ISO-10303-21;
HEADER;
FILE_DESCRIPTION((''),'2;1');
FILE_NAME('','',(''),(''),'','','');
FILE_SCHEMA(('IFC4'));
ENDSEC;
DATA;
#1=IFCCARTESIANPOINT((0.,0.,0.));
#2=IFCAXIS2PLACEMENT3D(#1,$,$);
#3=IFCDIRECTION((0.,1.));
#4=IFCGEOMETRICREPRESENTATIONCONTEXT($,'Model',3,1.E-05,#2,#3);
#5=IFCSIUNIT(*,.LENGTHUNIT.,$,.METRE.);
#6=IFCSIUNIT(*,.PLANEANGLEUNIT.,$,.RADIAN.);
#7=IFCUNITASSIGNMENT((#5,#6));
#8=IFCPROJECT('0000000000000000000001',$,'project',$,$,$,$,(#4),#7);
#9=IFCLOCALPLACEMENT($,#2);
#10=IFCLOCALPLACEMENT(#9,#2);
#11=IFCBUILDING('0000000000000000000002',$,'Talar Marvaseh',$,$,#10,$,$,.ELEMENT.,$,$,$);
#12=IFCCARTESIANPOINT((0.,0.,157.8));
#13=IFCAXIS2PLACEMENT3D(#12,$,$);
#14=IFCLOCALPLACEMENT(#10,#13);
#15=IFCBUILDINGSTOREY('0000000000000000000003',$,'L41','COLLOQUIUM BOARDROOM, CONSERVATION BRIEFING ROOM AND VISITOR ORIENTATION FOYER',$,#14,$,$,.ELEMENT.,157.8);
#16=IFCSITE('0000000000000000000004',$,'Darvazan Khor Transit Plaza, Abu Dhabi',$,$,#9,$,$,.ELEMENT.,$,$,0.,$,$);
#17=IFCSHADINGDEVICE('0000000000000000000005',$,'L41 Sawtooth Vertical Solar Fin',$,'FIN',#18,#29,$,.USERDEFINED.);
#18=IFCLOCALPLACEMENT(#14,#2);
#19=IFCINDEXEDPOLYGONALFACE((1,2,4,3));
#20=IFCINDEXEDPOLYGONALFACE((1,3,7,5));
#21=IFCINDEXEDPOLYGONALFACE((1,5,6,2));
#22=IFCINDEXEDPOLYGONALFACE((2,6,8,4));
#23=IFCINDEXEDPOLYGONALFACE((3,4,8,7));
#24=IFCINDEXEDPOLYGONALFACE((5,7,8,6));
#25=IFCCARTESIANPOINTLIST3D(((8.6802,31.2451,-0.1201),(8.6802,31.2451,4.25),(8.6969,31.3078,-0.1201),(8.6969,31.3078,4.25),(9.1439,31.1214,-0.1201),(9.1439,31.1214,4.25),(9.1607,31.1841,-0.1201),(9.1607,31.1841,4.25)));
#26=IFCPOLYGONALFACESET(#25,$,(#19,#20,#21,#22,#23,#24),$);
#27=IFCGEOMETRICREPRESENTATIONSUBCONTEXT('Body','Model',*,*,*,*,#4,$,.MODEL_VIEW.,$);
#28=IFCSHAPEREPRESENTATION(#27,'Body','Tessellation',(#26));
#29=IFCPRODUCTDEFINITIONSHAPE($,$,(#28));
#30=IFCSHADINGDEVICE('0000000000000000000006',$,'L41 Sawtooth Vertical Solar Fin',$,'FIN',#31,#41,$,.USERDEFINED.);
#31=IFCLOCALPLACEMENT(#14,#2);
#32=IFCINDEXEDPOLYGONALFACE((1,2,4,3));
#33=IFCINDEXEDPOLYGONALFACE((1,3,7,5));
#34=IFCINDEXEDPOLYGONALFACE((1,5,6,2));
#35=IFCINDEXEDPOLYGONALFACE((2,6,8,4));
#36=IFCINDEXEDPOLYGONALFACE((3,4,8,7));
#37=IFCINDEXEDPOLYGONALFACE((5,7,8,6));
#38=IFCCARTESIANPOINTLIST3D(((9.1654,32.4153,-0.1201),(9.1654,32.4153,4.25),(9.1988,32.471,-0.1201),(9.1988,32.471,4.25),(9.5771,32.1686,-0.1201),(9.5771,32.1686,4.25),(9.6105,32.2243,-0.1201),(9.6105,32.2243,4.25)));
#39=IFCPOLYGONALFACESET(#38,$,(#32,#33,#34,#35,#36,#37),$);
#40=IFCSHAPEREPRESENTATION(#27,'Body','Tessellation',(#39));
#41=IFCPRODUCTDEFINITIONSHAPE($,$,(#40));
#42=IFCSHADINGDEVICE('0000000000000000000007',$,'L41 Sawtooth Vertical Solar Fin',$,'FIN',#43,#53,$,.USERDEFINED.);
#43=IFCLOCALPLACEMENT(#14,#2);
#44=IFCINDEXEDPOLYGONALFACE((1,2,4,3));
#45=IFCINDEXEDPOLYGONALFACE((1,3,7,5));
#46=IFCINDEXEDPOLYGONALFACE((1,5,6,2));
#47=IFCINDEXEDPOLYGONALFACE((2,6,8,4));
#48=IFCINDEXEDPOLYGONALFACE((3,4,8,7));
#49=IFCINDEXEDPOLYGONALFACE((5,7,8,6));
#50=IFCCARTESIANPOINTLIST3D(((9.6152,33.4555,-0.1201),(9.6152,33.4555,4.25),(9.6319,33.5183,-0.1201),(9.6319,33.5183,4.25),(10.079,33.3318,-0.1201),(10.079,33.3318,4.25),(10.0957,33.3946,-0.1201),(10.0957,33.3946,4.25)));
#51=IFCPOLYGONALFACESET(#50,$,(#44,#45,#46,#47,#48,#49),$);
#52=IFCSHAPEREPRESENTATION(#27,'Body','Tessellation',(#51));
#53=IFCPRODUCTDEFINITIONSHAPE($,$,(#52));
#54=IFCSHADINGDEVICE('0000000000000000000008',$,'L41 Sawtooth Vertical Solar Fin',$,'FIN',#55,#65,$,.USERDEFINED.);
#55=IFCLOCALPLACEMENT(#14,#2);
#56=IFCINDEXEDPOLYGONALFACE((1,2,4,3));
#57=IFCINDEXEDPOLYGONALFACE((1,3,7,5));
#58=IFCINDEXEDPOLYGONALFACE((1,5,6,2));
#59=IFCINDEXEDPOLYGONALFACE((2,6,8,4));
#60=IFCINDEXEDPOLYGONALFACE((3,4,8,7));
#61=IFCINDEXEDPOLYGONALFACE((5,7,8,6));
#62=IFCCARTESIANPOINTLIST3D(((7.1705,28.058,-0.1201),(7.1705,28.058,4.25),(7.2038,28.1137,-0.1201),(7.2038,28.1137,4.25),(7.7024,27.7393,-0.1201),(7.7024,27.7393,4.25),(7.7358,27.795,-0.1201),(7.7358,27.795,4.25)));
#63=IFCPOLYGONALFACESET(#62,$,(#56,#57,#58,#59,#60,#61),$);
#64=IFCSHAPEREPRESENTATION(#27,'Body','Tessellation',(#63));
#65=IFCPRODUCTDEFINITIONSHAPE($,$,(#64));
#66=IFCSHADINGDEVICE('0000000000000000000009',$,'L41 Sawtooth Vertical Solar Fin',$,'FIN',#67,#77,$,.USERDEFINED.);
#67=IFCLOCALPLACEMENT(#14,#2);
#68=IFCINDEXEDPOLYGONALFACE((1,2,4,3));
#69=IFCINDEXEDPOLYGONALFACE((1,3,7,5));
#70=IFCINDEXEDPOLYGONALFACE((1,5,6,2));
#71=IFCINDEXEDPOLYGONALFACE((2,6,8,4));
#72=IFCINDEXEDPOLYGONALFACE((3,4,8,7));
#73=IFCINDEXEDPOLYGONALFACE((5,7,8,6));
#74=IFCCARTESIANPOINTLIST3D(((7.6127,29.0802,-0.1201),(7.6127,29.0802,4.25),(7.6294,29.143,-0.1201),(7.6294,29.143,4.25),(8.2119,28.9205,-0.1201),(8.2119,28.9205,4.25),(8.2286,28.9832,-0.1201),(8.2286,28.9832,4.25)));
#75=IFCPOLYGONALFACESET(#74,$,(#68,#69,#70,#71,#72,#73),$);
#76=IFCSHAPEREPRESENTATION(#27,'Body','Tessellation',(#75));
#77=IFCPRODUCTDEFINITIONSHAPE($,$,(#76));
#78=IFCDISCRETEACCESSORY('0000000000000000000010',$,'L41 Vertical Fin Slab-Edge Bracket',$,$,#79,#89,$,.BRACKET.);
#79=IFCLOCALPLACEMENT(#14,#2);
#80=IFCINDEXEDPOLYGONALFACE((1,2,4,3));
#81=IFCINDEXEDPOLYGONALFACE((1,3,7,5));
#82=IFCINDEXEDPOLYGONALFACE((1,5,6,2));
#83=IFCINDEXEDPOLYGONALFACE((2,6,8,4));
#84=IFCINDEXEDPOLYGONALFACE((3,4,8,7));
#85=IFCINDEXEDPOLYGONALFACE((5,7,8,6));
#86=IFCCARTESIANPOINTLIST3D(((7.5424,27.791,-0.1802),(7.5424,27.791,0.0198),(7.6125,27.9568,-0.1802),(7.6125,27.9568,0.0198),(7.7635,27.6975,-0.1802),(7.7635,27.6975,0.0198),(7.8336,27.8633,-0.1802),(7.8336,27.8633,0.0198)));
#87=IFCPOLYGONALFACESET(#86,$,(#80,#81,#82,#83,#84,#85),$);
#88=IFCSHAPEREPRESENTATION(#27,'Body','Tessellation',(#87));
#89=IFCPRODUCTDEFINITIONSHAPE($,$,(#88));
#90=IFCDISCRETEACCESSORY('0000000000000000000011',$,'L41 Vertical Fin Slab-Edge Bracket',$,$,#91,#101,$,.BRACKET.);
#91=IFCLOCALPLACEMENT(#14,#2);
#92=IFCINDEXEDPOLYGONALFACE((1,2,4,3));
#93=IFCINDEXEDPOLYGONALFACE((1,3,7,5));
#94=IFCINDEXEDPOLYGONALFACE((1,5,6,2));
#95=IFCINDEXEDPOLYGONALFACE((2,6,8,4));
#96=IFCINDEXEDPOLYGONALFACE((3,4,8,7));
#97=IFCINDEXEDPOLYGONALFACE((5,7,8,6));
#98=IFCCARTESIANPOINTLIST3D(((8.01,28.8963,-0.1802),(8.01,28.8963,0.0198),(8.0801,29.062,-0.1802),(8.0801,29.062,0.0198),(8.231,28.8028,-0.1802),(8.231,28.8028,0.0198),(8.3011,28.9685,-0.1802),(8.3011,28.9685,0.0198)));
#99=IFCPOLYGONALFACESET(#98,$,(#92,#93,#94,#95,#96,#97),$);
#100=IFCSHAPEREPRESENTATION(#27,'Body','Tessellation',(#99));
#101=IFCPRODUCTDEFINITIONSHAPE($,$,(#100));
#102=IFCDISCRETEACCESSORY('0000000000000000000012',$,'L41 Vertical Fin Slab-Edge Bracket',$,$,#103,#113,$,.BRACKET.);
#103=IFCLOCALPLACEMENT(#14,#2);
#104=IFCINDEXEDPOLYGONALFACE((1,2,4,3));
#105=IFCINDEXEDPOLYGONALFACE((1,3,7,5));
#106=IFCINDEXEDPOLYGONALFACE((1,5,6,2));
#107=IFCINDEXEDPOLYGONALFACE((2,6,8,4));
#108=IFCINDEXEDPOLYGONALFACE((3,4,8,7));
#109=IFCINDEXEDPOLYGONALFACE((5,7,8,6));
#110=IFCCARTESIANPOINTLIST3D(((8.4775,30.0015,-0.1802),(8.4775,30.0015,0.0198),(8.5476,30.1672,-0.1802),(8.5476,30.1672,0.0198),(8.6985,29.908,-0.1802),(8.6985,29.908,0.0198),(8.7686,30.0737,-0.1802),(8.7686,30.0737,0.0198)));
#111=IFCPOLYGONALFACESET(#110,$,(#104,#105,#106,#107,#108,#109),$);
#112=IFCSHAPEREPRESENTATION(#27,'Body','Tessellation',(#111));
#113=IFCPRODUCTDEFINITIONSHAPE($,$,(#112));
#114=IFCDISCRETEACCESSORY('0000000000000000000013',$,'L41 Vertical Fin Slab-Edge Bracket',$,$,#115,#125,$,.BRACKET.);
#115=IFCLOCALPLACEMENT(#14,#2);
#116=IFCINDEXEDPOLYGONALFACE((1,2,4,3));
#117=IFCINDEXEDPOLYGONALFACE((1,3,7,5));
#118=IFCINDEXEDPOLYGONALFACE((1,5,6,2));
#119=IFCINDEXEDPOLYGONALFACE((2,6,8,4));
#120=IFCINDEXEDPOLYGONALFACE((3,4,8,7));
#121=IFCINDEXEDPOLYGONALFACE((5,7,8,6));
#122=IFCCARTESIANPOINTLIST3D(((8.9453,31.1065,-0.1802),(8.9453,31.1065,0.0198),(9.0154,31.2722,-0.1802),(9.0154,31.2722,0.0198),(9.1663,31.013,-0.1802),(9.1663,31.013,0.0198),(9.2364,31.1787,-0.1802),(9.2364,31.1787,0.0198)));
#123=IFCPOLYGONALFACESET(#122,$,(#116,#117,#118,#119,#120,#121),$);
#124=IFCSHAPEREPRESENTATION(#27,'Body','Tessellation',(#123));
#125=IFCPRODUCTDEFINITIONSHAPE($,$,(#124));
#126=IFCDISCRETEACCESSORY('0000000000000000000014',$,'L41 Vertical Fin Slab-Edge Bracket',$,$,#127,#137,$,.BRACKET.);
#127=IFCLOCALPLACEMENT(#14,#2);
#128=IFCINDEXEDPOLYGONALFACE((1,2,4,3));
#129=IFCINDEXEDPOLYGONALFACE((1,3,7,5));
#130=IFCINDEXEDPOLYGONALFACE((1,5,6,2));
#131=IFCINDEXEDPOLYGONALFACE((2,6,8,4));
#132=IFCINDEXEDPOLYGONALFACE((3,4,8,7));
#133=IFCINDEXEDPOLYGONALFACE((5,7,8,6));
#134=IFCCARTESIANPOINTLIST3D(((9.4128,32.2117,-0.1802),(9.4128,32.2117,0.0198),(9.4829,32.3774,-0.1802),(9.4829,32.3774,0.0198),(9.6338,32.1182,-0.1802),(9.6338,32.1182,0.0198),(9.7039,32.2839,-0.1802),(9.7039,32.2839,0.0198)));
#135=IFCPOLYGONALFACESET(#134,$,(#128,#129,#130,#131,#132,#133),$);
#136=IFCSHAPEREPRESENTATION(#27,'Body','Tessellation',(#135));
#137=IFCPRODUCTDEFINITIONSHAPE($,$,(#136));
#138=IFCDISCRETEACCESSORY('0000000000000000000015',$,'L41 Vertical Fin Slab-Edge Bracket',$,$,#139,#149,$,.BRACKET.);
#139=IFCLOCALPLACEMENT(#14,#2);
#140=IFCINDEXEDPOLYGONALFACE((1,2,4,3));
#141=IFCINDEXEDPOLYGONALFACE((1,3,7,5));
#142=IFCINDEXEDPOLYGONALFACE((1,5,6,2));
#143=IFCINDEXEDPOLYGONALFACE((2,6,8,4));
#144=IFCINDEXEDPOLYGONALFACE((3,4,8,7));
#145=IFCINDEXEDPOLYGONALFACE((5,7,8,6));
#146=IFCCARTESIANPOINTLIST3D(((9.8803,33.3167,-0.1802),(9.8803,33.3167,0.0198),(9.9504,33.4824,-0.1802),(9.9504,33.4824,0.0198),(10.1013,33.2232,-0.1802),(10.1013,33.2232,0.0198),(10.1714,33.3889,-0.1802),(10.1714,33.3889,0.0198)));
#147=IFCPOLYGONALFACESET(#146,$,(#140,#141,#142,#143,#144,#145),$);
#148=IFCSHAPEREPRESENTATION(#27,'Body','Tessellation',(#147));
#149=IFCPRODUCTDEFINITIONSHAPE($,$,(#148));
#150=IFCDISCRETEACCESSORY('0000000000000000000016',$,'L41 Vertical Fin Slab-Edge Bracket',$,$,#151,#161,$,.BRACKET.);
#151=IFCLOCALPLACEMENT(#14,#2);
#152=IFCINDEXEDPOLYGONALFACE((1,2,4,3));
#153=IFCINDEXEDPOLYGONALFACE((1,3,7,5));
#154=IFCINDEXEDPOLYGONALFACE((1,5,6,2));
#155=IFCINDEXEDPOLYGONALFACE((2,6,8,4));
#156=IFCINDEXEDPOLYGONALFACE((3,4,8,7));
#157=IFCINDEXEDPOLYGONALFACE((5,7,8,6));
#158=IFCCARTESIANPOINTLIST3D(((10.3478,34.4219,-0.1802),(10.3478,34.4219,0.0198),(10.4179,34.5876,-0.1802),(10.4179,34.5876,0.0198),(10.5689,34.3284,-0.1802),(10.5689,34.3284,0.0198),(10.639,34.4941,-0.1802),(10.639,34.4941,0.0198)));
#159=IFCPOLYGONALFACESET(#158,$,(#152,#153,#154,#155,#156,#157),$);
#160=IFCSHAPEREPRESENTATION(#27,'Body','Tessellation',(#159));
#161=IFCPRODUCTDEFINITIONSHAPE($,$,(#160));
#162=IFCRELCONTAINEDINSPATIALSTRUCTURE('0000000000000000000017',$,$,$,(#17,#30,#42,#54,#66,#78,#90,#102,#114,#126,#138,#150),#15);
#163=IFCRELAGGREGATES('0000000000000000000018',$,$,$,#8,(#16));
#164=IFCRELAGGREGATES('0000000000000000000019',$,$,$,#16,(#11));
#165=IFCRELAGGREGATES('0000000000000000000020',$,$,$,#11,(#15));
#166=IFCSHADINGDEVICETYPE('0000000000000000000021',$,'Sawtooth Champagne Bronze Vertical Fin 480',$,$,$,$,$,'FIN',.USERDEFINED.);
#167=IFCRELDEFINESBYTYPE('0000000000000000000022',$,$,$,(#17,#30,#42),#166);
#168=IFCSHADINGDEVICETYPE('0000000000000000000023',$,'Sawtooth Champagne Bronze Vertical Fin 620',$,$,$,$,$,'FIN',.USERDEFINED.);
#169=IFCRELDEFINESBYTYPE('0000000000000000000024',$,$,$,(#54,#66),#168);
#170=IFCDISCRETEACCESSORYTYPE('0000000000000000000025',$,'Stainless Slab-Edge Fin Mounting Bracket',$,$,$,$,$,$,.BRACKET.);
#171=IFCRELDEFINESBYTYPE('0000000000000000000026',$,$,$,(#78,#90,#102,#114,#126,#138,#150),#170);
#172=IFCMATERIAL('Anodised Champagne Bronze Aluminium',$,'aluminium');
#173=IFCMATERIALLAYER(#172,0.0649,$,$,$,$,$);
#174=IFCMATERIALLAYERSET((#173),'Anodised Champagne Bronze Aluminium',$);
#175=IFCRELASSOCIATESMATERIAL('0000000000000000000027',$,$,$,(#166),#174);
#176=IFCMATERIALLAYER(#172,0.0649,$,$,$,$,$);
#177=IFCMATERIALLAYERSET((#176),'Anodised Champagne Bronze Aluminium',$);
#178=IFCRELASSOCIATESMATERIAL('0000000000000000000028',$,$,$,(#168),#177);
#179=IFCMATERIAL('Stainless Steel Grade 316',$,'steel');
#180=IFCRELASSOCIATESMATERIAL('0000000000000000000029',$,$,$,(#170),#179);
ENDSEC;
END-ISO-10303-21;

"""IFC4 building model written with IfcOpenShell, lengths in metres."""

from ifc_helpers import new_model, si_unit, direction, frame, origin, origin_2d, place, context, subcontext, project, spatial, rectangle, extrude, source, transform, mapped, material, layer, layer_set, type_object, type_shapes, element, save


model = new_model("IFC4")

# Units and contexts
model_context = context("Model", 3, precision=1e-05, world=origin(), true_north=direction((0.0, 1.0)))
body_context = subcontext(model_context, "Body", "Model", "MODEL_VIEW")
ifc_project = project(units=[si_unit("LENGTHUNIT", "METRE"), si_unit("PLANEANGLEUNIT", "RADIAN")], contexts=[model_context])

# Site, building, storey
site_placement = place(None, origin())
site = spatial("IfcSite", under=ifc_project, at=site_placement, Name="Darvazan Khor Transit Plaza, Abu Dhabi", CompositionType="ELEMENT", RefElevation=0.0)
building_placement = place(site_placement, origin())
building = spatial("IfcBuilding", under=site, at=building_placement, Name="Talar Marvaseh", CompositionType="ELEMENT")
storey_placement = place(building_placement, frame((0.0, 0.0, 157.8)))
storey = spatial("IfcBuildingStorey", under=building, at=storey_placement, Name="L41", Description="COLLOQUIUM BOARDROOM, CONSERVATION BRIEFING ROOM AND VISITOR ORIENTATION FOYER", CompositionType="ELEMENT", Elevation=157.8)

# Shading devices
ifc_material_1 = material(Name="Anodised Champagne Bronze Aluminium", Category="aluminium")
ifc_layer_1 = layer(ifc_material_1, 0.0649)
ifc_layer_set_1 = layer_set([ifc_layer_1], Name="Anodised Champagne Bronze Aluminium")
shading_device_type_1 = type_object("IfcShadingDeviceType", Name="Sawtooth Champagne Bronze Vertical Fin 480", ElementType="FIN", PredefinedType="USERDEFINED", material=ifc_layer_set_1)
shared_shape_1 = source(origin(), body_context, "Body", "SweptSolid", [
    extrude(rectangle(XDim=0.48, YDim=0.0649, at=origin_2d()), origin(), (0.0, 0.0, 1.0), 4.3701),
])
type_shapes(shading_device_type_1, [shared_shape_1])
for number, where, z_axis, x_axis, name in (
    (1, (8.9204, 31.2146, -0.1201), (0.0, 0.0, 1.0), (-0.966241, 0.257639, 0.0), "L41 Sawtooth Vertical Solar Fin"),
    (2, (9.3879, 32.3198, -0.1201), (0.0, 0.0, 1.0), (-0.857796, 0.51399, 0.0), "L41 Sawtooth Vertical Solar Fin"),
    (3, (9.8555, 33.425, -0.1201), (0.0, 0.0, 1.0), (-0.966241, 0.257639, 0.0), "L41 Sawtooth Vertical Solar Fin"),
):
    element("IfcShadingDevice", number, at=place(storey_placement, frame(where, z_axis=z_axis, x_axis=x_axis)), inside=storey, type_object=shading_device_type_1, Name=name, ObjectType="FIN", PredefinedType="USERDEFINED", context=body_context, shape_type="MappedRepresentation", body=[
        mapped(shared_shape_1, transform((0.0, 0.0, 0.0), x_axis=(1.0, 0.0, 0.0), y_axis=(0.0, 1.0, 0.0), z_axis=(0.0, 0.0, 1.0), scale=1.0)),
    ])
ifc_layer_2 = layer(ifc_material_1, 0.0649)
ifc_layer_set_2 = layer_set([ifc_layer_2], Name="Anodised Champagne Bronze Aluminium")
shading_device_type_2 = type_object("IfcShadingDeviceType", Name="Sawtooth Champagne Bronze Vertical Fin 620", ElementType="FIN", PredefinedType="USERDEFINED", material=ifc_layer_set_2)
shared_shape_2 = source(origin(), body_context, "Body", "SweptSolid", [
    extrude(rectangle(XDim=0.6201, YDim=0.0649, at=origin_2d()), origin(), (0.0, 0.0, 1.0), 4.3701),
])
type_shapes(shading_device_type_2, [shared_shape_2])
for number, where, z_axis, x_axis, name in (
    (4, (7.4531, 27.9265, -0.1201), (0.0, 0.0, 1.0), (-0.857796, 0.51399, 0.0), "L41 Sawtooth Vertical Solar Fin"),
    (5, (7.9207, 29.0317, -0.1201), (0.0, 0.0, 1.0), (-0.966241, 0.257639, 0.0), "L41 Sawtooth Vertical Solar Fin"),
):
    element("IfcShadingDevice", number, at=place(storey_placement, frame(where, z_axis=z_axis, x_axis=x_axis)), inside=storey, type_object=shading_device_type_2, Name=name, ObjectType="FIN", PredefinedType="USERDEFINED", context=body_context, shape_type="MappedRepresentation", body=[
        mapped(shared_shape_2, transform((0.0, 0.0, 0.0), x_axis=(1.0, 0.0, 0.0), y_axis=(0.0, 1.0, 0.0), z_axis=(0.0, 0.0, 1.0), scale=1.0)),
    ])

# Discrete accessories
ifc_material_2 = material(Name="Stainless Steel Grade 316", Category="steel")
discrete_accessory_type = type_object("IfcDiscreteAccessoryType", Name="Stainless Slab-Edge Fin Mounting Bracket", PredefinedType="BRACKET", material=ifc_material_2)
shared_shape_3 = source(origin(), body_context, "Body", "SweptSolid", [
    extrude(rectangle(XDim=0.24, YDim=0.1799, at=origin_2d()), origin(), (0.0, 0.0, 1.0), 0.2),
])
type_shapes(discrete_accessory_type, [shared_shape_3])
for number, where, z_axis, x_axis, name in (
    (6, (7.688, 27.8271, -0.1802), (0.0, 0.0, 1.0), (-0.920982, 0.389606, 0.0), "L41 Vertical Fin Slab-Edge Bracket"),
    (7, (8.1555, 28.9324, -0.1802), (0.0, 0.0, 1.0), (-0.920982, 0.389606, 0.0), "L41 Vertical Fin Slab-Edge Bracket"),
    (8, (8.623, 30.0376, -0.1802), (0.0, 0.0, 1.0), (-0.920982, 0.389606, 0.0), "L41 Vertical Fin Slab-Edge Bracket"),
    (9, (9.0908, 31.1426, -0.1802), (0.0, 0.0, 1.0), (-0.920982, 0.389606, 0.0), "L41 Vertical Fin Slab-Edge Bracket"),
    (10, (9.5583, 32.2478, -0.1802), (0.0, 0.0, 1.0), (-0.920982, 0.389606, 0.0), "L41 Vertical Fin Slab-Edge Bracket"),
    (11, (10.0259, 33.3528, -0.1802), (0.0, 0.0, 1.0), (-0.920982, 0.389606, 0.0), "L41 Vertical Fin Slab-Edge Bracket"),
    (12, (10.4934, 34.458, -0.1802), (0.0, 0.0, 1.0), (-0.920982, 0.389606, 0.0), "L41 Vertical Fin Slab-Edge Bracket"),
):
    element("IfcDiscreteAccessory", number, at=place(storey_placement, frame(where, z_axis=z_axis, x_axis=x_axis)), inside=storey, type_object=discrete_accessory_type, Name=name, PredefinedType="BRACKET", context=body_context, shape_type="MappedRepresentation", body=[
        mapped(shared_shape_3, transform((0.0, 0.0, 0.0), x_axis=(1.0, 0.0, 0.0), y_axis=(0.0, 1.0, 0.0), z_axis=(0.0, 0.0, 1.0), scale=1.0)),
    ])

save(model, "model.ifc")
